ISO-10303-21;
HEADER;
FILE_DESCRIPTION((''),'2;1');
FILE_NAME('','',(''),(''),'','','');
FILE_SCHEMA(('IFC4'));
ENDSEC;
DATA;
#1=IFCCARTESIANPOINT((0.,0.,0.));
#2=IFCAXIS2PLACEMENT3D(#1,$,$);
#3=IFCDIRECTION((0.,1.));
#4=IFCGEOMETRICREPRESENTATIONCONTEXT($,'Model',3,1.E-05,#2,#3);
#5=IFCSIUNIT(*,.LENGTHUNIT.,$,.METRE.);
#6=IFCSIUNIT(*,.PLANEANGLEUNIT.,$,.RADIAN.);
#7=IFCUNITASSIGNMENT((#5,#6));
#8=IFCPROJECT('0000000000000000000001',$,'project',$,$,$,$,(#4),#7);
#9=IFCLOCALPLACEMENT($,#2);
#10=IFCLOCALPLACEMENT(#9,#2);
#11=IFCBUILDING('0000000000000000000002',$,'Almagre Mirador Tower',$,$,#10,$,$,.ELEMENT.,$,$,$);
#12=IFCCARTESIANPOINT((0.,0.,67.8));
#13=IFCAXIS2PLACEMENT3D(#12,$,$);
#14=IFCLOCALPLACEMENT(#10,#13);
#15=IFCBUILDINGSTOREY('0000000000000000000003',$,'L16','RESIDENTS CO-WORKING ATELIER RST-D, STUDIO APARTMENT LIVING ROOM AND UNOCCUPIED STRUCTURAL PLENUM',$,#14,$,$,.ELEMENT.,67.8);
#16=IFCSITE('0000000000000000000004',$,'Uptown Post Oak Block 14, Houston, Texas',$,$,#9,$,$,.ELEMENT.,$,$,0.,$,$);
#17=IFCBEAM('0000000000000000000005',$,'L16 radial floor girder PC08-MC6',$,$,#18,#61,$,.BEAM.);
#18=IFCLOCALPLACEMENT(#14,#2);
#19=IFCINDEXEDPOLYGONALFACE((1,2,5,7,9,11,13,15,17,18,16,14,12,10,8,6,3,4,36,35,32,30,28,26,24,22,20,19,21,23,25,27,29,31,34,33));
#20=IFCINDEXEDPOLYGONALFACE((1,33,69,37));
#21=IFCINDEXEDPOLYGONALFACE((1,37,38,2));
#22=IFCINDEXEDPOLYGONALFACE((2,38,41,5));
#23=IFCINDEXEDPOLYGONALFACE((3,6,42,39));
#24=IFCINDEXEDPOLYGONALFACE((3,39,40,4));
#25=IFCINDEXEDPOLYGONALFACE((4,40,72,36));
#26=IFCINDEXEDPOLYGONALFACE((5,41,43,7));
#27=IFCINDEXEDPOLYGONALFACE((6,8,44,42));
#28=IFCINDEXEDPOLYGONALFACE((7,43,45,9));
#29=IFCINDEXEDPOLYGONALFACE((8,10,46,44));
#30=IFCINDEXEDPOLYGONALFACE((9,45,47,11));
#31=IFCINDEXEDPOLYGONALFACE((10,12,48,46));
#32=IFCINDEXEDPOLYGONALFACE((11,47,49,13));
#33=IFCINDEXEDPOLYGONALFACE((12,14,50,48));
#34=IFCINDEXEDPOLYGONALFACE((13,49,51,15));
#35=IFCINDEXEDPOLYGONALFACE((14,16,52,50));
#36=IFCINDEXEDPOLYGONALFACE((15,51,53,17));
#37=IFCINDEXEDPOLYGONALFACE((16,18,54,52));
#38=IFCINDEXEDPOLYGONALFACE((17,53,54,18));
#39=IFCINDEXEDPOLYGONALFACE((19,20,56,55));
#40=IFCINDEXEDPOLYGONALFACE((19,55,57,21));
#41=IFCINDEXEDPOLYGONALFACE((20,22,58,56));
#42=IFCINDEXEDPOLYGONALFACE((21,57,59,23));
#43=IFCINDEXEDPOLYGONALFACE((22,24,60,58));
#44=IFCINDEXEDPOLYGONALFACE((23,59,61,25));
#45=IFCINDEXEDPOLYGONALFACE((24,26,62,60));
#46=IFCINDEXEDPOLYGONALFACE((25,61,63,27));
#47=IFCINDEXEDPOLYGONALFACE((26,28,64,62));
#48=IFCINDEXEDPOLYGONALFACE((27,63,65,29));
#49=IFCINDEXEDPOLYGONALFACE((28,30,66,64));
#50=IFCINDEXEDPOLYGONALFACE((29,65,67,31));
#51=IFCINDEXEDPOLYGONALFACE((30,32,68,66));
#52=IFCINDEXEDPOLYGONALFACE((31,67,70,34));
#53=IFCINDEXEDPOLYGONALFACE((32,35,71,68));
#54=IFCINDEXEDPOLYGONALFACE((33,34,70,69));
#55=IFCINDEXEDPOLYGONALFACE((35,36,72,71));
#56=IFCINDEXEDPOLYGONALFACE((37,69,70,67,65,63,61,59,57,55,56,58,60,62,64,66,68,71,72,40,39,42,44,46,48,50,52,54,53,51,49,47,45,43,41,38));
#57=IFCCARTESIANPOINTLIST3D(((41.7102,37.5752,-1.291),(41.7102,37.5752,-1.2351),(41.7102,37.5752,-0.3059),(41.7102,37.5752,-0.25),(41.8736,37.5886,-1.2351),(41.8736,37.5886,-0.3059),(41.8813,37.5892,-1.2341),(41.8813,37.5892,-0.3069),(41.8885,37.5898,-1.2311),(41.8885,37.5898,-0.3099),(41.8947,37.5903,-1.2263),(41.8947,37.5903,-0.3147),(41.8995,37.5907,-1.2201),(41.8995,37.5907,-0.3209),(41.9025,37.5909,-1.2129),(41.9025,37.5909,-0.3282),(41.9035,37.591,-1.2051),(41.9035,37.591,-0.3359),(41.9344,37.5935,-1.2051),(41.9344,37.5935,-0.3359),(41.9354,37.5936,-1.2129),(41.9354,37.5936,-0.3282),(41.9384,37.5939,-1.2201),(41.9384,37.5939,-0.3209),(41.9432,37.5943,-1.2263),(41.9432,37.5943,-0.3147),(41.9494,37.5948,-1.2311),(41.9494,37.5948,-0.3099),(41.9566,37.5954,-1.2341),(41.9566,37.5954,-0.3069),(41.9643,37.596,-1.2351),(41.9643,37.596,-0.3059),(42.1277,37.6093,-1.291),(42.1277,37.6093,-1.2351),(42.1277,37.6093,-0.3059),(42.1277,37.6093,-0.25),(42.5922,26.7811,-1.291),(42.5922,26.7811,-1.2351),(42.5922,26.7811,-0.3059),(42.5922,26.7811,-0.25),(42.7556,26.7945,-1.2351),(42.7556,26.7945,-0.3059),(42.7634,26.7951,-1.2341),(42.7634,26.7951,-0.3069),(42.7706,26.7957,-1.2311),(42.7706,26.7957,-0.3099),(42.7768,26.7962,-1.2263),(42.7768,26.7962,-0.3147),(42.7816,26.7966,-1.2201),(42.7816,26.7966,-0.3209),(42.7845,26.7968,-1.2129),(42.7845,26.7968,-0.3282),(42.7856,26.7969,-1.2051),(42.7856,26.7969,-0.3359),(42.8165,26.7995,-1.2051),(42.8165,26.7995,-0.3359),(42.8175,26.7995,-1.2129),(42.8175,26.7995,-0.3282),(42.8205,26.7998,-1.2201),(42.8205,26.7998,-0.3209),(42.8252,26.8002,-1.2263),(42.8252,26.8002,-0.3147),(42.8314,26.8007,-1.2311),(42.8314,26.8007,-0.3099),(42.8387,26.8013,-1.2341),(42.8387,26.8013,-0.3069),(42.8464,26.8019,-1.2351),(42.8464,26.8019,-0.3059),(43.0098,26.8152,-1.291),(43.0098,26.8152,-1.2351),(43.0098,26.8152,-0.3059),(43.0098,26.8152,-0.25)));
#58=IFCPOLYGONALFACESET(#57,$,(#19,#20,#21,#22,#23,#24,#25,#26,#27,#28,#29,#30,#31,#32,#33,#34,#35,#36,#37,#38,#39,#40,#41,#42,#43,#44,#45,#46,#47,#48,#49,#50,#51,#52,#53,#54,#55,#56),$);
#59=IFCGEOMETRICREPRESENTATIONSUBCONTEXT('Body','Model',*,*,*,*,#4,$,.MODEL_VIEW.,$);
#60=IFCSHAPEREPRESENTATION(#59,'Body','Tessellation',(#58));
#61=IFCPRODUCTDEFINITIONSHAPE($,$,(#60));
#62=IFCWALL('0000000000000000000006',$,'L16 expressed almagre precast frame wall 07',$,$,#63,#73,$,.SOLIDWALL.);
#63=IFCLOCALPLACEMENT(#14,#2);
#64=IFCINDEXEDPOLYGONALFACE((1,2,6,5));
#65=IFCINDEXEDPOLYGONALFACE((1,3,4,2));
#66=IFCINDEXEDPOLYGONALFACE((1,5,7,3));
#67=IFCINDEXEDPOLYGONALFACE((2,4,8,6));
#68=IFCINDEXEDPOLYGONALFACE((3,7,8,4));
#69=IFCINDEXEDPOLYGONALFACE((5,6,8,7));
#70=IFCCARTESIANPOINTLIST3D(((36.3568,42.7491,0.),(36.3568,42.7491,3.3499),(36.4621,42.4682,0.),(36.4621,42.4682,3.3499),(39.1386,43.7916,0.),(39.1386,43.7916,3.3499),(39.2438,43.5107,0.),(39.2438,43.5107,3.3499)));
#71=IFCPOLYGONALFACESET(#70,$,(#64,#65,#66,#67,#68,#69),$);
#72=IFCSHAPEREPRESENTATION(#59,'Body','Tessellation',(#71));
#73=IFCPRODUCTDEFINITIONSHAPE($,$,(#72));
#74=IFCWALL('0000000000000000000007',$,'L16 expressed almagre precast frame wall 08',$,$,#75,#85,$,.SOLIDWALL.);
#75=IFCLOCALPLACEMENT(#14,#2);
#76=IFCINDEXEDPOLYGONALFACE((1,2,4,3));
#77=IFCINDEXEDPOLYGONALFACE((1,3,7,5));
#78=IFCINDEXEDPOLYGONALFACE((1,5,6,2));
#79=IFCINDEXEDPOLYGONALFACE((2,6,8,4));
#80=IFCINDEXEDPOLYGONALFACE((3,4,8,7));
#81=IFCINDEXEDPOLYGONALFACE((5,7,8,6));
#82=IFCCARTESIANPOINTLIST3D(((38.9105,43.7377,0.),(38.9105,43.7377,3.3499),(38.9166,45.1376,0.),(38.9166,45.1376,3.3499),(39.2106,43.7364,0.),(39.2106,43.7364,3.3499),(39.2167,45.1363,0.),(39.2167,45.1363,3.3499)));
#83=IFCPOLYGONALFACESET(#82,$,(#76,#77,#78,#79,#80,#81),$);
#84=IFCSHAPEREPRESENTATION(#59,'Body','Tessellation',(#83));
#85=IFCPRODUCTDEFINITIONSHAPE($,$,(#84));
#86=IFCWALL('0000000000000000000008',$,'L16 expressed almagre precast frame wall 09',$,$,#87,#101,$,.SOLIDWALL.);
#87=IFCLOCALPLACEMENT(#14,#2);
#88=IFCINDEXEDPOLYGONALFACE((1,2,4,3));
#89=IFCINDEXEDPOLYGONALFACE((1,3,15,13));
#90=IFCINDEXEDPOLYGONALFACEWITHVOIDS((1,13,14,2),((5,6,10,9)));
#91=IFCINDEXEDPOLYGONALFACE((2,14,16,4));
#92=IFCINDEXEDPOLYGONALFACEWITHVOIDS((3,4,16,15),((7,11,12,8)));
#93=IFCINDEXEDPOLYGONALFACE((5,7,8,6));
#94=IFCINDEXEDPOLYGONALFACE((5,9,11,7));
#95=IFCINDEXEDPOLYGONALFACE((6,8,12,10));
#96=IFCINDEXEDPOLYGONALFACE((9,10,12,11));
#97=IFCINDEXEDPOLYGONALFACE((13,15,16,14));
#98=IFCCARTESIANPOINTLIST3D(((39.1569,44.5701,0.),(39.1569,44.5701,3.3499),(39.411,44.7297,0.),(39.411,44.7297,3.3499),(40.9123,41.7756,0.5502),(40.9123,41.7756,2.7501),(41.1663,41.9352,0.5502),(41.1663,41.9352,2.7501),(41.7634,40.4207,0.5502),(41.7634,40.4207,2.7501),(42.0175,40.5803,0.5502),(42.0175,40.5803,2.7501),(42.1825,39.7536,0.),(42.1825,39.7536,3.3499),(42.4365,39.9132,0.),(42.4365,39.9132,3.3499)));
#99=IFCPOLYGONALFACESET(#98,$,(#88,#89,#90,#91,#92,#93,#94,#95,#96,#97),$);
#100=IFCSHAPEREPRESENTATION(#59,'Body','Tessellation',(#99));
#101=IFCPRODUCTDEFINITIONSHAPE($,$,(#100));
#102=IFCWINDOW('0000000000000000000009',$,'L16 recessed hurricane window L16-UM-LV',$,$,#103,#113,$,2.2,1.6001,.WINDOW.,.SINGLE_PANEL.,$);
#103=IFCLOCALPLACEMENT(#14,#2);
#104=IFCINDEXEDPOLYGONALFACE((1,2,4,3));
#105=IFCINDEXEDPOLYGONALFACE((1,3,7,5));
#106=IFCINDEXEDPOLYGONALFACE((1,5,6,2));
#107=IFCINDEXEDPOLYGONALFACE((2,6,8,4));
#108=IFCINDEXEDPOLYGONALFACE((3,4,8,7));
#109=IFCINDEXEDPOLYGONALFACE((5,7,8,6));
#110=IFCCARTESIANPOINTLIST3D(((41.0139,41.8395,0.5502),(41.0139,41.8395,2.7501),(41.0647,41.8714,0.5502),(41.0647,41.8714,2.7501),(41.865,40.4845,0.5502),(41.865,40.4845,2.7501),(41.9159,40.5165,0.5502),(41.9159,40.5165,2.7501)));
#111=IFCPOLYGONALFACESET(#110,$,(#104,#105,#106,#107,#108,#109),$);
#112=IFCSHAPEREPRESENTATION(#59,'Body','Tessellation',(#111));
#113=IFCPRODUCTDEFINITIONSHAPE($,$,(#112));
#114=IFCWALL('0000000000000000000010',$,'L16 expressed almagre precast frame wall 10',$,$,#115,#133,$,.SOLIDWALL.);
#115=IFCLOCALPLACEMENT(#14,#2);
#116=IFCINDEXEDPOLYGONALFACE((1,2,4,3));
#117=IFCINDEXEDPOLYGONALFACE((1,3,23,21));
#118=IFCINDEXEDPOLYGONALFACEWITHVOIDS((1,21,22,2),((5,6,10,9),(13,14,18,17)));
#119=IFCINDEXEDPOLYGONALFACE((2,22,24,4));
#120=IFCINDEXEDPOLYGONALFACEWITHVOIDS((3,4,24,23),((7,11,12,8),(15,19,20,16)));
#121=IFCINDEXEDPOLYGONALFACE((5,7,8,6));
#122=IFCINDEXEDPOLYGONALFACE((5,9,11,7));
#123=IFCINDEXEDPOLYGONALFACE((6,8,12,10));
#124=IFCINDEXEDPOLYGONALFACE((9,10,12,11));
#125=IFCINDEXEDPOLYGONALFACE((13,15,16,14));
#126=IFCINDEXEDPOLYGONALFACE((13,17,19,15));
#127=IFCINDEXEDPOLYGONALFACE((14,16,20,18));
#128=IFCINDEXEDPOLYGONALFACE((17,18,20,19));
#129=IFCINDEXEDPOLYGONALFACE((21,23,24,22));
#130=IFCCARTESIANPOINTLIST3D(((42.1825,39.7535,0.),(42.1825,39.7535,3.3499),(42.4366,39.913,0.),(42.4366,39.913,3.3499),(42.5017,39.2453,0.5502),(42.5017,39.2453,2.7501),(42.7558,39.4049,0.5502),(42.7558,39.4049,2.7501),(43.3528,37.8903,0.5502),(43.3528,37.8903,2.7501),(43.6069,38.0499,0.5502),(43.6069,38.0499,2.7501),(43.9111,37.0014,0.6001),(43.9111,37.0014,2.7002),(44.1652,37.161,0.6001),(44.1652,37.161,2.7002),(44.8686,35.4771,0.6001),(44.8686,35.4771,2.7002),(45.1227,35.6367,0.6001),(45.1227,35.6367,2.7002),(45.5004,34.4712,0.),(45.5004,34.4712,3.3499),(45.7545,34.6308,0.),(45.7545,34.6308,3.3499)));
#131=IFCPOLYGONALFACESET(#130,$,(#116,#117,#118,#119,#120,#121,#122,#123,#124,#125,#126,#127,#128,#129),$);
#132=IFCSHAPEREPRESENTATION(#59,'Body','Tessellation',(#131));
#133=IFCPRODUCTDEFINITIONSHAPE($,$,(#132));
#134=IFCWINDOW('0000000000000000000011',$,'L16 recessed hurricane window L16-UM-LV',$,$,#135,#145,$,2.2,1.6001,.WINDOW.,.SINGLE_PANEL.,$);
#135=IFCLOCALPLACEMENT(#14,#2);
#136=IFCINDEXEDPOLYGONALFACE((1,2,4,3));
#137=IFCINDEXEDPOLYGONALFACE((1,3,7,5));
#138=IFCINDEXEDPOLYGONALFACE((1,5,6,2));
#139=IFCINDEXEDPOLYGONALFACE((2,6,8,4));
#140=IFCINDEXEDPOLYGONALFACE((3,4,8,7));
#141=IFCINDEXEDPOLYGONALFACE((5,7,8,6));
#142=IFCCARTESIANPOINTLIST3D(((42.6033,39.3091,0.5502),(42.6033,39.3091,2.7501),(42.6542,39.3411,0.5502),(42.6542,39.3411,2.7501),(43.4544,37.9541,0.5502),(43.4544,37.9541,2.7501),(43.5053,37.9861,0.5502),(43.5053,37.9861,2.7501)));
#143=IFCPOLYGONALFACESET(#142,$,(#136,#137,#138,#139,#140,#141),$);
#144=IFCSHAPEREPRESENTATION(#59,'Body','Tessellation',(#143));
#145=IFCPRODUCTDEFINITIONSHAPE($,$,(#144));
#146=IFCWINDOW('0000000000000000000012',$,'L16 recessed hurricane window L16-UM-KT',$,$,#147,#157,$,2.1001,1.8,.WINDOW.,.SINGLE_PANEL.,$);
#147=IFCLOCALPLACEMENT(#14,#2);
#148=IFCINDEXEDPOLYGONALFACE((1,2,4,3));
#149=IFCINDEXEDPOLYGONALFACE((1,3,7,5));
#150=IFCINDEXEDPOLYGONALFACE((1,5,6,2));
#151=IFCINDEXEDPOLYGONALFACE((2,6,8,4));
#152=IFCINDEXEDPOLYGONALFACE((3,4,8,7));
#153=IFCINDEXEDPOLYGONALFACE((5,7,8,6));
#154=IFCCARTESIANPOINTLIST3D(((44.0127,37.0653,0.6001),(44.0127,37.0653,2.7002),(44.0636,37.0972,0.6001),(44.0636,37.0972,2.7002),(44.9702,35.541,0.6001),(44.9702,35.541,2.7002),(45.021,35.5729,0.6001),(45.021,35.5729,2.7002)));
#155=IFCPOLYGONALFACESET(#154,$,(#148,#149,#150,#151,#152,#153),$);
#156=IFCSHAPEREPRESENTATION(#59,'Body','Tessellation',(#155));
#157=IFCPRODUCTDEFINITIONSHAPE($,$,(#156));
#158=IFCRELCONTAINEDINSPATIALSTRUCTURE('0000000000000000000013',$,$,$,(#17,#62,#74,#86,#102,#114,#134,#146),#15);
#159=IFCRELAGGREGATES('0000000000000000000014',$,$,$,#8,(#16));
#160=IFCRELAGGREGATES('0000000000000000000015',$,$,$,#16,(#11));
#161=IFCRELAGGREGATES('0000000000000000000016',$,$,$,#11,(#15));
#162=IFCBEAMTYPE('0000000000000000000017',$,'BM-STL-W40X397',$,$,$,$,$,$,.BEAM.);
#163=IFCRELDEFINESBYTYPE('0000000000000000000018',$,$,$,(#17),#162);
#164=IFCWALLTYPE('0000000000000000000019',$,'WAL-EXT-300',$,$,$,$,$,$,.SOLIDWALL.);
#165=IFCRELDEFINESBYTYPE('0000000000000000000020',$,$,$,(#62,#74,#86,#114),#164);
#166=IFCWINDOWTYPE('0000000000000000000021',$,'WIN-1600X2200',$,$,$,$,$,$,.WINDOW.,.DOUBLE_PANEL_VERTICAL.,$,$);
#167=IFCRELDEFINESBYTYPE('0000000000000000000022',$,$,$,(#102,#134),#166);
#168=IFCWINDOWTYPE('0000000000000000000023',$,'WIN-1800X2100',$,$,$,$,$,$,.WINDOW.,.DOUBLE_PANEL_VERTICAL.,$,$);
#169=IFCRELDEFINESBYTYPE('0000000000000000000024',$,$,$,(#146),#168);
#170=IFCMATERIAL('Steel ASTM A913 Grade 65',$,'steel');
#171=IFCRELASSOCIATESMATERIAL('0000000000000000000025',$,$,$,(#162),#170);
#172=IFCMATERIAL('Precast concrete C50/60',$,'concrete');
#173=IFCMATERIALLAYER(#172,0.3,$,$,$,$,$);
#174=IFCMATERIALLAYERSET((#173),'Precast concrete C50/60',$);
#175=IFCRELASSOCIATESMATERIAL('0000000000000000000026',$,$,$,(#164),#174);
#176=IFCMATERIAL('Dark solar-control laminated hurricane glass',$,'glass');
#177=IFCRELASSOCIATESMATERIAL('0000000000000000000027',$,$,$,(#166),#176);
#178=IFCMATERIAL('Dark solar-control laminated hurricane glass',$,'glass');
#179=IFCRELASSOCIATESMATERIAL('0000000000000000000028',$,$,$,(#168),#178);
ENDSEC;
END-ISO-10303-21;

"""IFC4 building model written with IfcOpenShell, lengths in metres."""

from ifc_helpers import new_model, si_unit, direction, frame, frame_2d, origin, origin_2d, place, context, subcontext, project, spatial, rectangle, i_section, extrude, material, layer, layer_set, material_profile, profile_set, type_object, element, fill, save


model = new_model("IFC4")

# Units and contexts
model_context = context("Model", 3, precision=1e-05, world=origin(), true_north=direction((0.0, 1.0)))
body_context = subcontext(model_context, "Body", "Model", "MODEL_VIEW")
ifc_project = project(units=[si_unit("LENGTHUNIT", "METRE"), si_unit("PLANEANGLEUNIT", "RADIAN")], contexts=[model_context])

# Site, building, storey
site_placement = place(None, origin())
site = spatial("IfcSite", under=ifc_project, at=site_placement, Name="Uptown Post Oak Block 14, Houston, Texas", CompositionType="ELEMENT", RefElevation=0.0)
building_placement = place(site_placement, origin())
building = spatial("IfcBuilding", under=site, at=building_placement, Name="Almagre Mirador Tower", CompositionType="ELEMENT")
storey_placement = place(building_placement, frame((0.0, 0.0, 67.8)))
storey = spatial("IfcBuildingStorey", under=building, at=storey_placement, Name="L16", Description="RESIDENTS CO-WORKING ATELIER RST-D, STUDIO APARTMENT LIVING ROOM AND UNOCCUPIED STRUCTURAL PLENUM", CompositionType="ELEMENT", Elevation=67.8)

# Beam
ifc_material_1 = material(Name="Steel ASTM A913 Grade 65", Category="steel")
ifc_material_profile_1 = material_profile(ifc_material_1, i_section(OverallWidth=0.4189, OverallDepth=1.041, WebThickness=0.031, FlangeThickness=0.0559, FilletRadius=0.03, at=origin_2d()), Name="W40X397")
ifc_profile_set_1 = profile_set([ifc_material_profile_1], Name="Steel ASTM A913 Grade 65")
beam_type_1 = type_object("IfcBeamType", Name="BM-STL-W40X397", PredefinedType="BEAM", material=ifc_profile_set_1)
beam_1_placement = place(storey_placement, frame((41.9189, 37.5923, -0.7705), z_axis=(0.081447, -0.996678, 0.0), x_axis=(0.996678, 0.081447, 0.0)))
element("IfcBeam", 1, at=beam_1_placement, inside=storey, type_object=beam_type_1, Name="L16 radial floor girder PC08-MC6", PredefinedType="BEAM", context=body_context, shape_type="SweptSolid", body=[
    extrude(i_section(OverallWidth=0.4189, OverallDepth=1.041, WebThickness=0.031, FlangeThickness=0.0559, FilletRadius=0.03, at=origin_2d()), origin(), (0.0, 0.0, 1.0), 10.8301),
])

# Walls
ifc_material_2 = material(Name="Precast concrete C50/60", Category="concrete")
ifc_layer_1 = layer(ifc_material_2, 0.3)
ifc_layer_set_1 = layer_set([ifc_layer_1], Name="Precast concrete C50/60")
wall_type_1 = type_object("IfcWallType", Name="WAL-EXT-300", PredefinedType="SOLIDWALL", material=ifc_layer_set_1)
wall_1_placement = place(storey_placement, frame((36.4094, 42.6086, 0.0), z_axis=(0.0, 0.0, 1.0), x_axis=(0.936403, 0.350925, 0.0)))
element("IfcWall", 2, at=wall_1_placement, inside=storey, type_object=wall_type_1, Name="L16 expressed almagre precast frame wall 07", PredefinedType="SOLIDWALL", context=body_context, shape_type="SweptSolid", body=[
    extrude(rectangle(XDim=2.9707, YDim=0.3, at=frame_2d((1.4854, 0.0))), origin(), (0.0, 0.0, 1.0), 3.3499),
])
wall_2_placement = place(storey_placement, frame((39.0605, 43.7371, 0.0), z_axis=(0.0, 0.0, 1.0), x_axis=(0.00436, 0.99999, 0.0)))
element("IfcWall", 3, at=wall_2_placement, inside=storey, type_object=wall_type_1, Name="L16 expressed almagre precast frame wall 08", PredefinedType="SOLIDWALL", context=body_context, shape_type="SweptSolid", body=[
    extrude(rectangle(XDim=1.3999, YDim=0.3, at=frame_2d((0.7, 0.0))), origin(), (0.0, 0.0, 1.0), 3.3499),
])

# Wall, opening, window
wall_3_placement = place(storey_placement, frame((39.2839, 44.6499, 0.0), z_axis=(0.0, 0.0, 1.0), x_axis=(0.531923, -0.846793, 0.0)))
wall_3 = element("IfcWall", 4, at=wall_3_placement, inside=storey, type_object=wall_type_1, Name="L16 expressed almagre precast frame wall 09", PredefinedType="SOLIDWALL", context=body_context, shape_type="SweptSolid", body=[
    extrude(rectangle(XDim=5.688, YDim=0.3, at=frame_2d((2.844, 0.0))), origin(), (0.0, 0.0, 1.0), 3.3499),
])
opening_1_placement = place(wall_3_placement, frame((3.3, 0.0, 0.55)))
opening_1 = element("IfcOpeningElement", 5, at=opening_1_placement, cuts=wall_3, PredefinedType="OPENING", context=body_context, shape_type="SweptSolid", body=[
    extrude(rectangle(XDim=1.6001, YDim=2.2, at=frame_2d((0.8, 1.1001))), frame((0.0, 0.1599, 0.0), z_axis=(0.0, -1.0, 0.0), x_axis=(1.0, 0.0, 0.0)), (0.0, 0.0, 1.0), 0.32),
])
ifc_material_3 = material(Name="Dark solar-control laminated hurricane glass", Category="glass")
window_type_1 = type_object("IfcWindowType", Name="WIN-1600X2200", PartitioningType="DOUBLE_PANEL_VERTICAL", PredefinedType="WINDOW", material=ifc_material_3)
window_1_placement = place(opening_1_placement, origin())
window_1 = element("IfcWindow", 6, at=window_1_placement, inside=storey, type_object=window_type_1, Name="L16 recessed hurricane window L16-UM-LV", OverallHeight=2.2, OverallWidth=1.6001, PartitioningType="SINGLE_PANEL", PredefinedType="WINDOW", context=body_context, shape_type="SweptSolid", body=[
    extrude(rectangle(XDim=1.6001, YDim=2.2, at=frame_2d((0.8, 1.1001))), frame((0.0, 0.03, 0.0), z_axis=(0.0, -1.0, 0.0), x_axis=(1.0, 0.0, 0.0)), (0.0, 0.0, 1.0), 0.0601),
])
fill(opening_1, window_1)

# Wall, openings, windows
wall_4_placement = place(storey_placement, frame((42.3096, 39.8333, 0.0), z_axis=(0.0, 0.0, 1.0), x_axis=(0.531897, -0.846809, 0.0)))
wall_4 = element("IfcWall", 7, at=wall_4_placement, inside=storey, type_object=wall_type_1, Name="L16 expressed almagre precast frame wall 10", PredefinedType="SOLIDWALL", context=body_context, shape_type="SweptSolid", body=[
    extrude(rectangle(XDim=6.2378, YDim=0.3, at=frame_2d((3.1189, 0.0))), origin(), (0.0, 0.0, 1.0), 3.3499),
])
opening_2_placement = place(wall_4_placement, frame((0.6001, 0.0, 0.55)))
opening_2 = element("IfcOpeningElement", 8, at=opening_2_placement, cuts=wall_4, PredefinedType="OPENING", context=body_context, shape_type="SweptSolid", body=[
    extrude(rectangle(XDim=1.6001, YDim=2.2, at=frame_2d((0.8, 1.1001))), frame((0.0, 0.1599, 0.0), z_axis=(0.0, -1.0, 0.0), x_axis=(1.0, 0.0, 0.0)), (0.0, 0.0, 1.0), 0.32),
])
opening_3_placement = place(wall_4_placement, frame((3.25, 0.0, 0.6001)))
opening_3 = element("IfcOpeningElement", 9, at=opening_3_placement, cuts=wall_4, PredefinedType="OPENING", context=body_context, shape_type="SweptSolid", body=[
    extrude(rectangle(XDim=1.8, YDim=2.1001, at=frame_2d((0.8999, 1.05))), frame((0.0, 0.1599, 0.0), z_axis=(0.0, -1.0, 0.0), x_axis=(1.0, 0.0, 0.0)), (0.0, 0.0, 1.0), 0.32),
])
window_2_placement = place(opening_2_placement, origin())
window_2 = element("IfcWindow", 10, at=window_2_placement, inside=storey, type_object=window_type_1, Name="L16 recessed hurricane window L16-UM-LV", OverallHeight=2.2, OverallWidth=1.6001, PartitioningType="SINGLE_PANEL", PredefinedType="WINDOW", context=body_context, shape_type="SweptSolid", body=[
    extrude(rectangle(XDim=1.6001, YDim=2.2, at=frame_2d((0.8, 1.1001))), frame((0.0, 0.03, 0.0), z_axis=(0.0, -1.0, 0.0), x_axis=(1.0, 0.0, 0.0)), (0.0, 0.0, 1.0), 0.0601),
])
fill(opening_2, window_2)
ifc_material_4 = material(Name="Dark solar-control laminated hurricane glass", Category="glass")
window_type_2 = type_object("IfcWindowType", Name="WIN-1800X2100", PartitioningType="DOUBLE_PANEL_VERTICAL", PredefinedType="WINDOW", material=ifc_material_4)
window_3_placement = place(opening_3_placement, origin())
window_3 = element("IfcWindow", 11, at=window_3_placement, inside=storey, type_object=window_type_2, Name="L16 recessed hurricane window L16-UM-KT", OverallHeight=2.1001, OverallWidth=1.8, PartitioningType="SINGLE_PANEL", PredefinedType="WINDOW", context=body_context, shape_type="SweptSolid", body=[
    extrude(rectangle(XDim=1.8, YDim=2.1001, at=frame_2d((0.8999, 1.05))), frame((0.0, 0.03, 0.0), z_axis=(0.0, -1.0, 0.0), x_axis=(1.0, 0.0, 0.0)), (0.0, 0.0, 1.0), 0.0601),
])
fill(opening_3, window_3)

save(model, "model.ifc")
